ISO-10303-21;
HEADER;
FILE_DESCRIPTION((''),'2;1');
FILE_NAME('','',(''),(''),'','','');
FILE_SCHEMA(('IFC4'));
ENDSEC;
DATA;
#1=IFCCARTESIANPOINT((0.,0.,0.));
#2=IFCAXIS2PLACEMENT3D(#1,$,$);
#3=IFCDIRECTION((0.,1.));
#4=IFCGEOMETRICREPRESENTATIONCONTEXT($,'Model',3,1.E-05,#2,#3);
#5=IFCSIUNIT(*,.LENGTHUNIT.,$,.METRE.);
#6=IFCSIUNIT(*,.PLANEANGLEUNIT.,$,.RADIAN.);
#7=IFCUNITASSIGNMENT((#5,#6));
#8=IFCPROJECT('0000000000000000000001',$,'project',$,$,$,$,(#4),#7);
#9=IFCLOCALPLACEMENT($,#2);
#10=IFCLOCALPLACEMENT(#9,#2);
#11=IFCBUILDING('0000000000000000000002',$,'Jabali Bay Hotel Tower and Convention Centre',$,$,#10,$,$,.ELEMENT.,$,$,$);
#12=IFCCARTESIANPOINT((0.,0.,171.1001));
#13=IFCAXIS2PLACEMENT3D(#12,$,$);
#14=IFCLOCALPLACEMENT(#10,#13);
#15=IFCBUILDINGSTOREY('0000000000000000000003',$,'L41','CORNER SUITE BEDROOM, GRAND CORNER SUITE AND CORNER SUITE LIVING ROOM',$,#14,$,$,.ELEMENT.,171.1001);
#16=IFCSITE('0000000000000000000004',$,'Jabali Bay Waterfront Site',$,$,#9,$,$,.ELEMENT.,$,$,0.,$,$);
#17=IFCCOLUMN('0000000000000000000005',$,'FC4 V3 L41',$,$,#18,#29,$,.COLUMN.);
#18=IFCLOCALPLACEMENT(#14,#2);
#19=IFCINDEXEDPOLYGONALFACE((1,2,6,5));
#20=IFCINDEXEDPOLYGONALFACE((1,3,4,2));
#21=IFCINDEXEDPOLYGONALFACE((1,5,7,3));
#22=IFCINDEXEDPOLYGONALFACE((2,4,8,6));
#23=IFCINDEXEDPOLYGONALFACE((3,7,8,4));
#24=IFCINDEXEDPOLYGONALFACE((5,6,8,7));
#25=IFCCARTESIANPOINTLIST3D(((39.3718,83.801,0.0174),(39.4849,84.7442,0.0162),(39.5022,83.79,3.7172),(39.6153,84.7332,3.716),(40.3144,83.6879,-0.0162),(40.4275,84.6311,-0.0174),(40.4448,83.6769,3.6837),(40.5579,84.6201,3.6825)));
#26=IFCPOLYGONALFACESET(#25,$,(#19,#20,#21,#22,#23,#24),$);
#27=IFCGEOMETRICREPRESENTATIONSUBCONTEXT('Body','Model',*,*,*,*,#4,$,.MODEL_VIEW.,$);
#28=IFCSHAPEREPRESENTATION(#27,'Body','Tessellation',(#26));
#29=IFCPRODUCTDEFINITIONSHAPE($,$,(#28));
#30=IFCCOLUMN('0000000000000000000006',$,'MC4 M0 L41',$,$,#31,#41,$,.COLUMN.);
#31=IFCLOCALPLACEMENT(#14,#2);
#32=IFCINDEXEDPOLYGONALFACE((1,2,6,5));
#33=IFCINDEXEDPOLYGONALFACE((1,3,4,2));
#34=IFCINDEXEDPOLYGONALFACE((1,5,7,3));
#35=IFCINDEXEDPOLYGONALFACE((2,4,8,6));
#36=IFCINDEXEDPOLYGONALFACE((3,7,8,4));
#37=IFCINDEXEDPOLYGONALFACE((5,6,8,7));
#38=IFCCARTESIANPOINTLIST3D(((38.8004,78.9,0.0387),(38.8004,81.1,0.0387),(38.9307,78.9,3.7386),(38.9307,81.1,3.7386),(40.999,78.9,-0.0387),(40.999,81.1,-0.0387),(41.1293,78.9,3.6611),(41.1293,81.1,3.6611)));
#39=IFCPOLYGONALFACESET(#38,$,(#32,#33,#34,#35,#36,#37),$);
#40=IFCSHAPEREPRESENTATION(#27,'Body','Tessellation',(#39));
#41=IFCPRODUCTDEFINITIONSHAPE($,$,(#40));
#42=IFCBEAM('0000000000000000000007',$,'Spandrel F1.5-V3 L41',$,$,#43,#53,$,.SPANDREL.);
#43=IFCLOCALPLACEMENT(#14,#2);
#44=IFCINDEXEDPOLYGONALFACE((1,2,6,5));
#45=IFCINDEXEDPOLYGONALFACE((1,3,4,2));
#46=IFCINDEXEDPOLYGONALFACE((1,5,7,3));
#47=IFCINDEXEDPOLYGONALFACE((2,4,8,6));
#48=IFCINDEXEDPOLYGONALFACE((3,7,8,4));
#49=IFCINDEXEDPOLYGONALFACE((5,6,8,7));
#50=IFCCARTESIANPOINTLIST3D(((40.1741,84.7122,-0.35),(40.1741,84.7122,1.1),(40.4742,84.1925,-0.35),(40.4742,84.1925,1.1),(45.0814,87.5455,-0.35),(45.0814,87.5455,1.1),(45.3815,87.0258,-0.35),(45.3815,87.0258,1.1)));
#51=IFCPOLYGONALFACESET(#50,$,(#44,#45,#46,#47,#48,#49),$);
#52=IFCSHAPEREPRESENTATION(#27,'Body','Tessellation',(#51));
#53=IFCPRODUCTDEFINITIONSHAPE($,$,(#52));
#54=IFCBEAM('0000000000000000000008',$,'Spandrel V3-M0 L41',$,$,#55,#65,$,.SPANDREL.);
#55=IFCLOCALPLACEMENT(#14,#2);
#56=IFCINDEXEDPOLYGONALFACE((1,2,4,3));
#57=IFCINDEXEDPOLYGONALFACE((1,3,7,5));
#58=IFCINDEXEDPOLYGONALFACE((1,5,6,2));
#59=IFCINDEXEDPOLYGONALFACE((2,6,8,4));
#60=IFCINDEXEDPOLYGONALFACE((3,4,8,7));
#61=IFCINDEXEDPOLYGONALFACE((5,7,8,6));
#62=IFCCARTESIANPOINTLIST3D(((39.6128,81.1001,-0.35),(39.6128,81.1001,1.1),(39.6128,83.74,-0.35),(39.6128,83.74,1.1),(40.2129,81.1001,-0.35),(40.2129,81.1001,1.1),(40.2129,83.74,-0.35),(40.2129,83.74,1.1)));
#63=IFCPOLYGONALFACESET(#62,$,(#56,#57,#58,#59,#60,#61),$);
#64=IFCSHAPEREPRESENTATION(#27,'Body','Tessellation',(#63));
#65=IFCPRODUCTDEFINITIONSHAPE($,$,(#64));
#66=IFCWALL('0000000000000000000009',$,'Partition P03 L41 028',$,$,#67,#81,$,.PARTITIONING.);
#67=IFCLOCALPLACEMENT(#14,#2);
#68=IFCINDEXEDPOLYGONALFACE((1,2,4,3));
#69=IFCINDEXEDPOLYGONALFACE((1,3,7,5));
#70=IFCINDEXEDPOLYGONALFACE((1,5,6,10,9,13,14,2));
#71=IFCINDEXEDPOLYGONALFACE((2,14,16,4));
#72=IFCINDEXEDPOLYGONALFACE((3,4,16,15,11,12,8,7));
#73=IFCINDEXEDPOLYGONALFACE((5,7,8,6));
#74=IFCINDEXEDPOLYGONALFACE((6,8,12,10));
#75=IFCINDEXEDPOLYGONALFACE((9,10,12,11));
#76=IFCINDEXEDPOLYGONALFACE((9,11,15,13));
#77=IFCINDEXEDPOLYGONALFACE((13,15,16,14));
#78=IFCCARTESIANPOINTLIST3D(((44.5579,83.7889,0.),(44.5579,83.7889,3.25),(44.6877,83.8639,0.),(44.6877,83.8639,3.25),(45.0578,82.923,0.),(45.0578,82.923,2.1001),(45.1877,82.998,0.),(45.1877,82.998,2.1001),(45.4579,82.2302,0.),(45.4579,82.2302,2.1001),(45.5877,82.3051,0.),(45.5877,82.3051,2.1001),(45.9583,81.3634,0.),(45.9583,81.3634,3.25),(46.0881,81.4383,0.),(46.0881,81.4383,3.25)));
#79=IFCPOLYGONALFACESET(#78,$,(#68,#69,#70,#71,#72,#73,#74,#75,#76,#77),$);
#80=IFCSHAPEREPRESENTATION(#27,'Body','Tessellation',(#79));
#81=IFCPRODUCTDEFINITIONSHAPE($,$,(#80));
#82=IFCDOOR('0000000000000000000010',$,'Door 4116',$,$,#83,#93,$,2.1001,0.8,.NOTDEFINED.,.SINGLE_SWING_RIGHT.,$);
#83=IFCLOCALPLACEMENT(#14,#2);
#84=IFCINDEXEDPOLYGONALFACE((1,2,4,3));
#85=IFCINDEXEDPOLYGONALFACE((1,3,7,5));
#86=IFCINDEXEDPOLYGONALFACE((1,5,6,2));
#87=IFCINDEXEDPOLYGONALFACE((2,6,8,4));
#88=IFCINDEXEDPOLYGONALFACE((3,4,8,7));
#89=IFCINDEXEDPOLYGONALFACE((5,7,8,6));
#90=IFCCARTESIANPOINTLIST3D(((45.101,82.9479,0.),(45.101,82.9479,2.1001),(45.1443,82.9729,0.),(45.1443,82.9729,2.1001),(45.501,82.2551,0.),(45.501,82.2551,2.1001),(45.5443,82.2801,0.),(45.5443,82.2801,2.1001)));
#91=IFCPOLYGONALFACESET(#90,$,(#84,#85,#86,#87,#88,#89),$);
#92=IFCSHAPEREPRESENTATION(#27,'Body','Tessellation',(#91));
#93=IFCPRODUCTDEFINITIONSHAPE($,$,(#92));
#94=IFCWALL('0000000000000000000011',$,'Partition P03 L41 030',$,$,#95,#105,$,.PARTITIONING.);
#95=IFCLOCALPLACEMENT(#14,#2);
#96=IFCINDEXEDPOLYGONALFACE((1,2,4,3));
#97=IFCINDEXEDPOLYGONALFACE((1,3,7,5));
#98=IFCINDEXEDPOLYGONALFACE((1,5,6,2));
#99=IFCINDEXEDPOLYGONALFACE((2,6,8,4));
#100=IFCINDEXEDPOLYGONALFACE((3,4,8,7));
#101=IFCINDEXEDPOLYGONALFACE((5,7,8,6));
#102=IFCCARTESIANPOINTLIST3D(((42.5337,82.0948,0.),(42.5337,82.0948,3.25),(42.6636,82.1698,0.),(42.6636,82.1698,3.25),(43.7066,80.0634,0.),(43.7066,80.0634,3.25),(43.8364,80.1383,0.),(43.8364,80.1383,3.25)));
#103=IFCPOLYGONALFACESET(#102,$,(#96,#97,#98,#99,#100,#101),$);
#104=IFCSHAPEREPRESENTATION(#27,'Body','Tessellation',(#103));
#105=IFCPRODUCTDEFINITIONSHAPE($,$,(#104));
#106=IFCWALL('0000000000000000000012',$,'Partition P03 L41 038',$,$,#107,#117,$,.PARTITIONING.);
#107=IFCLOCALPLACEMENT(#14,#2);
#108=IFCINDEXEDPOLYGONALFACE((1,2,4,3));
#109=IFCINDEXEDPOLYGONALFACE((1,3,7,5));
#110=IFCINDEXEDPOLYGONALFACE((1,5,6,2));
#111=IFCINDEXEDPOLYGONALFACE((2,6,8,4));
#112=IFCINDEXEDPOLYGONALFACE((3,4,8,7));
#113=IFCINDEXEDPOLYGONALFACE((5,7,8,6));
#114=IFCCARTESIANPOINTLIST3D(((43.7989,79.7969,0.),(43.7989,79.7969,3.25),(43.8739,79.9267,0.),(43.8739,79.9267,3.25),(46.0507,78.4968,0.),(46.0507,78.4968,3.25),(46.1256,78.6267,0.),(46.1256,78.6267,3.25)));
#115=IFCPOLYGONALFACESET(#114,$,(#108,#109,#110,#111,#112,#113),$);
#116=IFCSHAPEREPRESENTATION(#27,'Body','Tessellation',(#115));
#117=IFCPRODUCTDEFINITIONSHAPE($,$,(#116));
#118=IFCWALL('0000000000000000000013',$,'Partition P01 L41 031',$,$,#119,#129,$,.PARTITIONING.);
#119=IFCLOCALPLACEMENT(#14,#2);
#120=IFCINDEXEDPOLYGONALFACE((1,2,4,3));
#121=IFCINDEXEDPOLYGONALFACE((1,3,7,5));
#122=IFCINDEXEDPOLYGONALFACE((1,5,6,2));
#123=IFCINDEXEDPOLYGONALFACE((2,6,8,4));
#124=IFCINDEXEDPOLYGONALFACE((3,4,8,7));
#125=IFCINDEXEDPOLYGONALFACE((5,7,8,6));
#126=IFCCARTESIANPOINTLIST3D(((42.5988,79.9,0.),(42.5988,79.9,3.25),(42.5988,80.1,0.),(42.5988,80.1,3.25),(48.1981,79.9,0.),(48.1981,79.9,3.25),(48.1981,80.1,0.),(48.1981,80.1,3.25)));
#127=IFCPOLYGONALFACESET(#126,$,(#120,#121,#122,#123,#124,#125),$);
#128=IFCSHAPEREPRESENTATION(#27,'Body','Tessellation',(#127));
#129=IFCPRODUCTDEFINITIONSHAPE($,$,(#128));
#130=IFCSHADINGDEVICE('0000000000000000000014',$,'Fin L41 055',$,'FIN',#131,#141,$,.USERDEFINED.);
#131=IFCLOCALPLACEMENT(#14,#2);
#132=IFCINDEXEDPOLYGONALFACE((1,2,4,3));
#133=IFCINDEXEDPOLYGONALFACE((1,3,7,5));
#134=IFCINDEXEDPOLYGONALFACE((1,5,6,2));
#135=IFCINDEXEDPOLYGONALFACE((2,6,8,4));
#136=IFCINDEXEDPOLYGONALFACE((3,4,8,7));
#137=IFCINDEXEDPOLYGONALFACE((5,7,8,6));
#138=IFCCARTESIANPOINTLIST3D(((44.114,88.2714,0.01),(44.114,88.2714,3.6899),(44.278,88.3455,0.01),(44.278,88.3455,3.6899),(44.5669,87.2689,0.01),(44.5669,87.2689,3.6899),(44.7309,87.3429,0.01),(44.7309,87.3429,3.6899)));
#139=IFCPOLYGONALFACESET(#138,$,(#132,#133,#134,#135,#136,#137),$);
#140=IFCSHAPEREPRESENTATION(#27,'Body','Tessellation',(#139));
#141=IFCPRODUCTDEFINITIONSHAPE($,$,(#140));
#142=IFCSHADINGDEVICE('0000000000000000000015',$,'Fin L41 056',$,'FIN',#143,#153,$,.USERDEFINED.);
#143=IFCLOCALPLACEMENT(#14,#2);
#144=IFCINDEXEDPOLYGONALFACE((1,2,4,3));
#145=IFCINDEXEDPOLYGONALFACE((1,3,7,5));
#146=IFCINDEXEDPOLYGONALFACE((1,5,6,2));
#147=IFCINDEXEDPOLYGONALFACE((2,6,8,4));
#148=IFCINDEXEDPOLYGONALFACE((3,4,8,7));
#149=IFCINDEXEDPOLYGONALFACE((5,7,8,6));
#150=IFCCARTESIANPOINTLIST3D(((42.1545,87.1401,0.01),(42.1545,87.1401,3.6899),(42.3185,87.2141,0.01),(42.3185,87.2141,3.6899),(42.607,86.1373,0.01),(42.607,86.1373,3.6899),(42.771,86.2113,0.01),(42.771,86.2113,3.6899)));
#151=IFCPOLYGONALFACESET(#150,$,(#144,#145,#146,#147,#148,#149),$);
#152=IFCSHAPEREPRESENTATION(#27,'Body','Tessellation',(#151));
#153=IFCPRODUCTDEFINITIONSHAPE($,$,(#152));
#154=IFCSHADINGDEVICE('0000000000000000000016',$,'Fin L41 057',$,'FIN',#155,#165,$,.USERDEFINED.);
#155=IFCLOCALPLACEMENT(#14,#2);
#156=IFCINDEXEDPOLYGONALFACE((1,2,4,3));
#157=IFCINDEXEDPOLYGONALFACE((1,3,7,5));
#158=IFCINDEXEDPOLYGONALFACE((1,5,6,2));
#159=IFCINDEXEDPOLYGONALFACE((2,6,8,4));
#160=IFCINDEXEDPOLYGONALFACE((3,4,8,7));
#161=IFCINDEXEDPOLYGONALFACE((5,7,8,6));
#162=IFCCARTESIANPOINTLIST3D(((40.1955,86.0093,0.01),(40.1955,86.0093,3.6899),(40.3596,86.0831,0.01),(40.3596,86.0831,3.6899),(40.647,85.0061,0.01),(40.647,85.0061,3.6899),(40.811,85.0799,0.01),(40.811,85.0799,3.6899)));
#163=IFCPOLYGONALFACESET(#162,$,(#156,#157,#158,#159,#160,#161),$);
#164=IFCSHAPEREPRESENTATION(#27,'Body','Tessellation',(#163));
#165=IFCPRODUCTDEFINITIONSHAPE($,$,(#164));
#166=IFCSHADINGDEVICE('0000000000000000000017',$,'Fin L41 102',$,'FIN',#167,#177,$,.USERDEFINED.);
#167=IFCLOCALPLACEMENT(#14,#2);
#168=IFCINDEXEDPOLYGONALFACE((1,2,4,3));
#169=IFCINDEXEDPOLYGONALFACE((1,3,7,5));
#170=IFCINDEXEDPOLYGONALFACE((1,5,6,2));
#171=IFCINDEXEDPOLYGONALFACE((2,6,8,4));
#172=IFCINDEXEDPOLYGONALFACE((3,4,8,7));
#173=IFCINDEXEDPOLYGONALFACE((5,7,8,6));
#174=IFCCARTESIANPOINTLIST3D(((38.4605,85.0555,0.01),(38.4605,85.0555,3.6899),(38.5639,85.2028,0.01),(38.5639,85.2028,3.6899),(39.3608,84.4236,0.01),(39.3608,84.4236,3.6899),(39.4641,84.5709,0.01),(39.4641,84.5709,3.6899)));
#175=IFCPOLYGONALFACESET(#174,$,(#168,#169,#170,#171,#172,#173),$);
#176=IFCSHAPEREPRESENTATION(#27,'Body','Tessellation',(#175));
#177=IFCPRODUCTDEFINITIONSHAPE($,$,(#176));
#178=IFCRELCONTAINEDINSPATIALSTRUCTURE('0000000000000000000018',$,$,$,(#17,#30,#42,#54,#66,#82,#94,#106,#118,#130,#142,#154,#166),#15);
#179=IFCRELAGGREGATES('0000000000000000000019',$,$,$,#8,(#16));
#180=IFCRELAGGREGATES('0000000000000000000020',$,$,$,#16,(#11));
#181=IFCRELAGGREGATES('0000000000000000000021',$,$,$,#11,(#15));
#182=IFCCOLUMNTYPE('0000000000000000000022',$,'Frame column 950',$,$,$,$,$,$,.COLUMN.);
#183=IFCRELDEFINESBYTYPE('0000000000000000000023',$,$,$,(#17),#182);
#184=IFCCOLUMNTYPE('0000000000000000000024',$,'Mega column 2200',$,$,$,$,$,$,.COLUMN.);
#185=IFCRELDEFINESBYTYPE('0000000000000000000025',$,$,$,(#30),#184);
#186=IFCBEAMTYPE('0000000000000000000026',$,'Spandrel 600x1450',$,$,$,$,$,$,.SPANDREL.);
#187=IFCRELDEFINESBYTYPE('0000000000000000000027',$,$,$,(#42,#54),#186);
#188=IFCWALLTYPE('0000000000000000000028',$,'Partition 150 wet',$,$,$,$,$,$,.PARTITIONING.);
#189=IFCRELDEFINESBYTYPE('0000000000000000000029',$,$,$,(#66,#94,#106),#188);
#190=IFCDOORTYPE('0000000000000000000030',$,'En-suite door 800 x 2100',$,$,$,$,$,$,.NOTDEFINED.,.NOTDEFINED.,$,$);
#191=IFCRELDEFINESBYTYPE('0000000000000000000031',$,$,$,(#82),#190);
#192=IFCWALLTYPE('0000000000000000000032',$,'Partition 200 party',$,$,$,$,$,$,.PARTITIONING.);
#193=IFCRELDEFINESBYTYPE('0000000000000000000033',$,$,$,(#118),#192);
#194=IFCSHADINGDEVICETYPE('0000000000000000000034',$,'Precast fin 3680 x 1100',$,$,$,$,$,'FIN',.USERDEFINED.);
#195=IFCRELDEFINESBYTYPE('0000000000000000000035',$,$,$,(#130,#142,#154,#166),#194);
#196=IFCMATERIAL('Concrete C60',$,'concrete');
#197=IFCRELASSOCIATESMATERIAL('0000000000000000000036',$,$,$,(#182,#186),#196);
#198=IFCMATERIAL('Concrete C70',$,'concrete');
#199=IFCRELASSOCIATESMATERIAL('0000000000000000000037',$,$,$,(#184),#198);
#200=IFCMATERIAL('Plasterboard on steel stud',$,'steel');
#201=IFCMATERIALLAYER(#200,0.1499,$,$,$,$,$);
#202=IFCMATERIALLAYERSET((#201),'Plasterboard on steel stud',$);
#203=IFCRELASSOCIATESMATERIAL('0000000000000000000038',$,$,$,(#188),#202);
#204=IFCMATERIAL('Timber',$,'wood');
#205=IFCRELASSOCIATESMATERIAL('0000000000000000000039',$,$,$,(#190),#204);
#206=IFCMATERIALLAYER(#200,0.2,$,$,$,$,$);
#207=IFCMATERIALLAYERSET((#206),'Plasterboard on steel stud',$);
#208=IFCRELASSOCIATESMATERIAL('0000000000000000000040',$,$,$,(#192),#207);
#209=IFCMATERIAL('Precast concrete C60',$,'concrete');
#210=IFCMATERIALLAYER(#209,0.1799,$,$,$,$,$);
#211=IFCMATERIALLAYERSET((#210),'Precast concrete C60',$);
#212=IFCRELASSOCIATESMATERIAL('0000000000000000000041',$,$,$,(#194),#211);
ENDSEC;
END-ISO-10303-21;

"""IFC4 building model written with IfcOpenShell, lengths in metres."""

from ifc_helpers import new_model, si_unit, direction, frame, frame_2d, origin, origin_2d, place, context, subcontext, project, spatial, rectangle, extrude, material, layer, layer_set, material_profile, profile_set, type_object, element, fill, save


model = new_model("IFC4")

# Units and contexts
model_context = context("Model", 3, precision=1e-05, world=origin(), true_north=direction((0.0, 1.0)))
body_context = subcontext(model_context, "Body", "Model", "MODEL_VIEW")
ifc_project = project(units=[si_unit("LENGTHUNIT", "METRE"), si_unit("PLANEANGLEUNIT", "RADIAN")], contexts=[model_context])

# Site, building, storey
site_placement = place(None, origin())
site = spatial("IfcSite", under=ifc_project, at=site_placement, Name="Jabali Bay Waterfront Site", CompositionType="ELEMENT", RefElevation=0.0)
building_placement = place(site_placement, origin())
building = spatial("IfcBuilding", under=site, at=building_placement, Name="Jabali Bay Hotel Tower and Convention Centre", CompositionType="ELEMENT")
storey_placement = place(building_placement, frame((0.0, 0.0, 171.1001)))
storey = spatial("IfcBuildingStorey", under=building, at=storey_placement, Name="L41", Description="CORNER SUITE BEDROOM, GRAND CORNER SUITE AND CORNER SUITE LIVING ROOM", CompositionType="ELEMENT", Elevation=171.1001)

# Columns
ifc_material_1 = material(Name="Concrete C60", Category="concrete")
ifc_material_profile_1 = material_profile(ifc_material_1, rectangle(XDim=0.95, YDim=0.95, at=origin_2d()), Name="Frame column 950")
ifc_profile_set_1 = profile_set([ifc_material_profile_1], Name="Concrete C60")
column_type_1 = type_object("IfcColumnType", Name="Frame column 950", PredefinedType="COLUMN", material=ifc_profile_set_1)
column_1_placement = place(storey_placement, frame((39.8997, 84.2161, 0.0), z_axis=(0.035214, -0.002967, 0.999375), x_axis=(-0.99226, 0.119048, 0.035317)))
element("IfcColumn", 1, at=column_1_placement, inside=storey, type_object=column_type_1, Name="FC4 V3 L41", PredefinedType="COLUMN", context=body_context, shape_type="SweptSolid", body=[
    extrude(rectangle(XDim=0.95, YDim=0.95, at=origin_2d()), origin(), (0.0, 0.0, 1.0), 3.7021),
])
ifc_material_2 = material(Name="Concrete C70", Category="concrete")
ifc_material_profile_2 = material_profile(ifc_material_2, rectangle(XDim=2.2, YDim=2.2, at=origin_2d()), Name="Mega column 2200")
ifc_profile_set_2 = profile_set([ifc_material_profile_2], Name="Concrete C70")
column_type_2 = type_object("IfcColumnType", Name="Mega column 2200", PredefinedType="COLUMN", material=ifc_profile_set_2)
column_2_placement = place(storey_placement, frame((39.8997, 80.0, 0.0), z_axis=(0.035214, 0.0, 0.99938), x_axis=(0.0, 1.0, 0.0)))
element("IfcColumn", 2, at=column_2_placement, inside=storey, type_object=column_type_2, Name="MC4 M0 L41", PredefinedType="COLUMN", context=body_context, shape_type="SweptSolid", body=[
    extrude(rectangle(XDim=2.2, YDim=2.2, at=origin_2d()), origin(), (0.0, 0.0, 1.0), 3.7021),
])

# Beams
ifc_material_profile_3 = material_profile(ifc_material_1, rectangle(XDim=0.6001, YDim=1.45, at=origin_2d()), Name="Spandrel 600x1450")
ifc_profile_set_3 = profile_set([ifc_material_profile_3], Name="Concrete C60")
beam_type = type_object("IfcBeamType", Name="Spandrel 600x1450", PredefinedType="SPANDREL", material=ifc_profile_set_3)
beam_1_placement = place(storey_placement, frame((45.2314, 87.2856, 0.375), z_axis=(-0.866021, -0.500008, 0.0), x_axis=(0.500008, -0.866021, 0.0)))
element("IfcBeam", 3, at=beam_1_placement, inside=storey, type_object=beam_type, Name="Spandrel F1.5-V3 L41", PredefinedType="SPANDREL", context=body_context, shape_type="SweptSolid", body=[
    extrude(rectangle(XDim=0.6001, YDim=1.45, at=origin_2d()), origin(), (0.0, 0.0, 1.0), 5.6665),
])
beam_2_placement = place(storey_placement, frame((39.9128, 83.74, 0.375), z_axis=(0.0, -1.0, 0.0), x_axis=(1.0, 0.0, 0.0)))
element("IfcBeam", 4, at=beam_2_placement, inside=storey, type_object=beam_type, Name="Spandrel V3-M0 L41", PredefinedType="SPANDREL", context=body_context, shape_type="SweptSolid", body=[
    extrude(rectangle(XDim=0.6001, YDim=1.45, at=origin_2d()), origin(), (0.0, 0.0, 1.0), 2.6399),
])

# Wall, opening, door
ifc_material_3 = material(Name="Plasterboard on steel stud", Category="steel")
ifc_layer_1 = layer(ifc_material_3, 0.1499)
ifc_layer_set_1 = layer_set([ifc_layer_1], Name="Plasterboard on steel stud")
wall_type_1 = type_object("IfcWallType", Name="Partition 150 wet", PredefinedType="PARTITIONING", material=ifc_layer_set_1)
wall_1_placement = place(storey_placement, frame((44.6228, 83.8264, 0.0), z_axis=(0.0, 0.0, 1.0), x_axis=(0.500002, -0.866024, 0.0)))
wall_1 = element("IfcWall", 5, at=wall_1_placement, inside=storey, type_object=wall_type_1, Name="Partition P03 L41 028", PredefinedType="PARTITIONING", context=body_context, shape_type="SweptSolid", body=[
    extrude(rectangle(XDim=2.8008, YDim=0.1499, at=frame_2d((1.4004, 0.0))), origin(), (0.0, 0.0, 1.0), 3.25),
])
opening_1_placement = place(wall_1_placement, frame((1.0, 0.0, 0.0)))
opening_1 = element("IfcOpeningElement", 6, at=opening_1_placement, cuts=wall_1, PredefinedType="OPENING", context=body_context, shape_type="SweptSolid", body=[
    extrude(rectangle(XDim=0.8, YDim=2.1001, at=frame_2d((0.3999, 1.05))), frame((0.0, 0.0854, 0.0), z_axis=(0.0, -1.0, 0.0), x_axis=(1.0, 0.0, 0.0)), (0.0, 0.0, 1.0), 0.1709),
])
ifc_material_4 = material(Name="Timber", Category="wood")
door_type_1 = type_object("IfcDoorType", Name="En-suite door 800 x 2100", OperationType="NOTDEFINED", PredefinedType="NOTDEFINED", material=ifc_material_4)
door_1_placement = place(opening_1_placement, origin())
door_1 = element("IfcDoor", 7, at=door_1_placement, inside=storey, type_object=door_type_1, Name="Door 4116", OperationType="SINGLE_SWING_RIGHT", OverallHeight=2.1001, OverallWidth=0.8, PredefinedType="NOTDEFINED", context=body_context, shape_type="SweptSolid", body=[
    extrude(rectangle(XDim=0.8, YDim=2.1001, at=frame_2d((0.3999, 1.05))), frame((0.0, 0.0249, 0.0), z_axis=(0.0, -1.0, 0.0), x_axis=(1.0, 0.0, 0.0)), (0.0, 0.0, 1.0), 0.05),
])
fill(opening_1, door_1)

# Walls
wall_2_placement = place(storey_placement, frame((43.7715, 80.1008, 0.0), z_axis=(0.0, 0.0, 1.0), x_axis=(-0.49999, 0.866031, 0.0)))
element("IfcWall", 8, at=wall_2_placement, inside=storey, type_object=wall_type_1, Name="Partition P03 L41 030", PredefinedType="PARTITIONING", context=body_context, shape_type="SweptSolid", body=[
    extrude(rectangle(XDim=2.3457, YDim=0.1499, at=frame_2d((1.1729, 0.0))), origin(), (0.0, 0.0, 1.0), 3.25),
])
wall_3_placement = place(storey_placement, frame((43.8364, 79.8618, 0.0), z_axis=(0.0, 0.0, 1.0), x_axis=(0.866021, -0.500007, 0.0)))
element("IfcWall", 9, at=wall_3_placement, inside=storey, type_object=wall_type_1, Name="Partition P03 L41 038", PredefinedType="PARTITIONING", context=body_context, shape_type="SweptSolid", body=[
    extrude(rectangle(XDim=2.6001, YDim=0.1499, at=frame_2d((1.3, 0.0))), origin(), (0.0, 0.0, 1.0), 3.25),
])
ifc_layer_2 = layer(ifc_material_3, 0.2)
ifc_layer_set_2 = layer_set([ifc_layer_2], Name="Plasterboard on steel stud")
wall_type_2 = type_object("IfcWallType", Name="Partition 200 party", PredefinedType="PARTITIONING", material=ifc_layer_set_2)
wall_4_placement = place(storey_placement, frame((42.5986, 80.0, 0.0), z_axis=(0.0, 0.0, 1.0), x_axis=(1.0, 0.0, 0.0)))
element("IfcWall", 10, at=wall_4_placement, inside=storey, type_object=wall_type_2, Name="Partition P01 L41 031", PredefinedType="PARTITIONING", context=body_context, shape_type="SweptSolid", body=[
    extrude(rectangle(XDim=5.5994, YDim=0.2, at=frame_2d((2.7998, 0.0))), origin(), (0.0, 0.0, 1.0), 3.25),
])

# Shading devices
ifc_material_5 = material(Name="Precast concrete C60", Category="concrete")
ifc_layer_3 = layer(ifc_material_5, 0.1799)
ifc_layer_set_3 = layer_set([ifc_layer_3], Name="Precast concrete C60")
shading_device_type_1 = type_object("IfcShadingDeviceType", Name="Precast fin 3680 x 1100", ElementType="FIN", PredefinedType="USERDEFINED", material=ifc_layer_set_3)
for number, where, z_axis, x_axis, name in (
    (11, (44.6489, 87.3059, 0.01), (0.0, 0.0, 1.0), (-0.411712, 0.911314, 0.0), "Fin L41 055"),
    (12, (42.689, 86.1743, 0.01), (0.0, 0.0, 1.0), (-0.41126, 0.911518, 0.0), "Fin L41 056"),
    (13, (40.729, 85.043, 0.01), (0.0, 0.0, 1.0), (-0.410355, 0.911926, 0.0), "Fin L41 057"),
):
    element("IfcShadingDevice", number, at=place(storey_placement, frame(where, z_axis=z_axis, x_axis=x_axis)), inside=storey, type_object=shading_device_type_1, Name=name, ObjectType="FIN", PredefinedType="USERDEFINED", context=body_context, shape_type="SweptSolid", body=[
        extrude(rectangle(XDim=1.1001, YDim=0.1799, at=frame_2d((0.55, 0.0))), origin(), (0.0, 0.0, 1.0), 3.6799),
    ])
shading_device_placement = place(storey_placement, frame((39.4124, 84.4973, 0.01), z_axis=(0.0, 0.0, 1.0), x_axis=(-0.818491, 0.57452, 0.0)))
element("IfcShadingDevice", 14, at=shading_device_placement, inside=storey, type_object=shading_device_type_1, Name="Fin L41 102", ObjectType="FIN", PredefinedType="USERDEFINED", context=body_context, shape_type="SweptSolid", body=[
    extrude(rectangle(XDim=1.0999, YDim=0.1799, at=frame_2d((0.5498, 0.0))), origin(), (0.0, 0.0, 1.0), 3.6799),
])

save(model, "model.ifc")
